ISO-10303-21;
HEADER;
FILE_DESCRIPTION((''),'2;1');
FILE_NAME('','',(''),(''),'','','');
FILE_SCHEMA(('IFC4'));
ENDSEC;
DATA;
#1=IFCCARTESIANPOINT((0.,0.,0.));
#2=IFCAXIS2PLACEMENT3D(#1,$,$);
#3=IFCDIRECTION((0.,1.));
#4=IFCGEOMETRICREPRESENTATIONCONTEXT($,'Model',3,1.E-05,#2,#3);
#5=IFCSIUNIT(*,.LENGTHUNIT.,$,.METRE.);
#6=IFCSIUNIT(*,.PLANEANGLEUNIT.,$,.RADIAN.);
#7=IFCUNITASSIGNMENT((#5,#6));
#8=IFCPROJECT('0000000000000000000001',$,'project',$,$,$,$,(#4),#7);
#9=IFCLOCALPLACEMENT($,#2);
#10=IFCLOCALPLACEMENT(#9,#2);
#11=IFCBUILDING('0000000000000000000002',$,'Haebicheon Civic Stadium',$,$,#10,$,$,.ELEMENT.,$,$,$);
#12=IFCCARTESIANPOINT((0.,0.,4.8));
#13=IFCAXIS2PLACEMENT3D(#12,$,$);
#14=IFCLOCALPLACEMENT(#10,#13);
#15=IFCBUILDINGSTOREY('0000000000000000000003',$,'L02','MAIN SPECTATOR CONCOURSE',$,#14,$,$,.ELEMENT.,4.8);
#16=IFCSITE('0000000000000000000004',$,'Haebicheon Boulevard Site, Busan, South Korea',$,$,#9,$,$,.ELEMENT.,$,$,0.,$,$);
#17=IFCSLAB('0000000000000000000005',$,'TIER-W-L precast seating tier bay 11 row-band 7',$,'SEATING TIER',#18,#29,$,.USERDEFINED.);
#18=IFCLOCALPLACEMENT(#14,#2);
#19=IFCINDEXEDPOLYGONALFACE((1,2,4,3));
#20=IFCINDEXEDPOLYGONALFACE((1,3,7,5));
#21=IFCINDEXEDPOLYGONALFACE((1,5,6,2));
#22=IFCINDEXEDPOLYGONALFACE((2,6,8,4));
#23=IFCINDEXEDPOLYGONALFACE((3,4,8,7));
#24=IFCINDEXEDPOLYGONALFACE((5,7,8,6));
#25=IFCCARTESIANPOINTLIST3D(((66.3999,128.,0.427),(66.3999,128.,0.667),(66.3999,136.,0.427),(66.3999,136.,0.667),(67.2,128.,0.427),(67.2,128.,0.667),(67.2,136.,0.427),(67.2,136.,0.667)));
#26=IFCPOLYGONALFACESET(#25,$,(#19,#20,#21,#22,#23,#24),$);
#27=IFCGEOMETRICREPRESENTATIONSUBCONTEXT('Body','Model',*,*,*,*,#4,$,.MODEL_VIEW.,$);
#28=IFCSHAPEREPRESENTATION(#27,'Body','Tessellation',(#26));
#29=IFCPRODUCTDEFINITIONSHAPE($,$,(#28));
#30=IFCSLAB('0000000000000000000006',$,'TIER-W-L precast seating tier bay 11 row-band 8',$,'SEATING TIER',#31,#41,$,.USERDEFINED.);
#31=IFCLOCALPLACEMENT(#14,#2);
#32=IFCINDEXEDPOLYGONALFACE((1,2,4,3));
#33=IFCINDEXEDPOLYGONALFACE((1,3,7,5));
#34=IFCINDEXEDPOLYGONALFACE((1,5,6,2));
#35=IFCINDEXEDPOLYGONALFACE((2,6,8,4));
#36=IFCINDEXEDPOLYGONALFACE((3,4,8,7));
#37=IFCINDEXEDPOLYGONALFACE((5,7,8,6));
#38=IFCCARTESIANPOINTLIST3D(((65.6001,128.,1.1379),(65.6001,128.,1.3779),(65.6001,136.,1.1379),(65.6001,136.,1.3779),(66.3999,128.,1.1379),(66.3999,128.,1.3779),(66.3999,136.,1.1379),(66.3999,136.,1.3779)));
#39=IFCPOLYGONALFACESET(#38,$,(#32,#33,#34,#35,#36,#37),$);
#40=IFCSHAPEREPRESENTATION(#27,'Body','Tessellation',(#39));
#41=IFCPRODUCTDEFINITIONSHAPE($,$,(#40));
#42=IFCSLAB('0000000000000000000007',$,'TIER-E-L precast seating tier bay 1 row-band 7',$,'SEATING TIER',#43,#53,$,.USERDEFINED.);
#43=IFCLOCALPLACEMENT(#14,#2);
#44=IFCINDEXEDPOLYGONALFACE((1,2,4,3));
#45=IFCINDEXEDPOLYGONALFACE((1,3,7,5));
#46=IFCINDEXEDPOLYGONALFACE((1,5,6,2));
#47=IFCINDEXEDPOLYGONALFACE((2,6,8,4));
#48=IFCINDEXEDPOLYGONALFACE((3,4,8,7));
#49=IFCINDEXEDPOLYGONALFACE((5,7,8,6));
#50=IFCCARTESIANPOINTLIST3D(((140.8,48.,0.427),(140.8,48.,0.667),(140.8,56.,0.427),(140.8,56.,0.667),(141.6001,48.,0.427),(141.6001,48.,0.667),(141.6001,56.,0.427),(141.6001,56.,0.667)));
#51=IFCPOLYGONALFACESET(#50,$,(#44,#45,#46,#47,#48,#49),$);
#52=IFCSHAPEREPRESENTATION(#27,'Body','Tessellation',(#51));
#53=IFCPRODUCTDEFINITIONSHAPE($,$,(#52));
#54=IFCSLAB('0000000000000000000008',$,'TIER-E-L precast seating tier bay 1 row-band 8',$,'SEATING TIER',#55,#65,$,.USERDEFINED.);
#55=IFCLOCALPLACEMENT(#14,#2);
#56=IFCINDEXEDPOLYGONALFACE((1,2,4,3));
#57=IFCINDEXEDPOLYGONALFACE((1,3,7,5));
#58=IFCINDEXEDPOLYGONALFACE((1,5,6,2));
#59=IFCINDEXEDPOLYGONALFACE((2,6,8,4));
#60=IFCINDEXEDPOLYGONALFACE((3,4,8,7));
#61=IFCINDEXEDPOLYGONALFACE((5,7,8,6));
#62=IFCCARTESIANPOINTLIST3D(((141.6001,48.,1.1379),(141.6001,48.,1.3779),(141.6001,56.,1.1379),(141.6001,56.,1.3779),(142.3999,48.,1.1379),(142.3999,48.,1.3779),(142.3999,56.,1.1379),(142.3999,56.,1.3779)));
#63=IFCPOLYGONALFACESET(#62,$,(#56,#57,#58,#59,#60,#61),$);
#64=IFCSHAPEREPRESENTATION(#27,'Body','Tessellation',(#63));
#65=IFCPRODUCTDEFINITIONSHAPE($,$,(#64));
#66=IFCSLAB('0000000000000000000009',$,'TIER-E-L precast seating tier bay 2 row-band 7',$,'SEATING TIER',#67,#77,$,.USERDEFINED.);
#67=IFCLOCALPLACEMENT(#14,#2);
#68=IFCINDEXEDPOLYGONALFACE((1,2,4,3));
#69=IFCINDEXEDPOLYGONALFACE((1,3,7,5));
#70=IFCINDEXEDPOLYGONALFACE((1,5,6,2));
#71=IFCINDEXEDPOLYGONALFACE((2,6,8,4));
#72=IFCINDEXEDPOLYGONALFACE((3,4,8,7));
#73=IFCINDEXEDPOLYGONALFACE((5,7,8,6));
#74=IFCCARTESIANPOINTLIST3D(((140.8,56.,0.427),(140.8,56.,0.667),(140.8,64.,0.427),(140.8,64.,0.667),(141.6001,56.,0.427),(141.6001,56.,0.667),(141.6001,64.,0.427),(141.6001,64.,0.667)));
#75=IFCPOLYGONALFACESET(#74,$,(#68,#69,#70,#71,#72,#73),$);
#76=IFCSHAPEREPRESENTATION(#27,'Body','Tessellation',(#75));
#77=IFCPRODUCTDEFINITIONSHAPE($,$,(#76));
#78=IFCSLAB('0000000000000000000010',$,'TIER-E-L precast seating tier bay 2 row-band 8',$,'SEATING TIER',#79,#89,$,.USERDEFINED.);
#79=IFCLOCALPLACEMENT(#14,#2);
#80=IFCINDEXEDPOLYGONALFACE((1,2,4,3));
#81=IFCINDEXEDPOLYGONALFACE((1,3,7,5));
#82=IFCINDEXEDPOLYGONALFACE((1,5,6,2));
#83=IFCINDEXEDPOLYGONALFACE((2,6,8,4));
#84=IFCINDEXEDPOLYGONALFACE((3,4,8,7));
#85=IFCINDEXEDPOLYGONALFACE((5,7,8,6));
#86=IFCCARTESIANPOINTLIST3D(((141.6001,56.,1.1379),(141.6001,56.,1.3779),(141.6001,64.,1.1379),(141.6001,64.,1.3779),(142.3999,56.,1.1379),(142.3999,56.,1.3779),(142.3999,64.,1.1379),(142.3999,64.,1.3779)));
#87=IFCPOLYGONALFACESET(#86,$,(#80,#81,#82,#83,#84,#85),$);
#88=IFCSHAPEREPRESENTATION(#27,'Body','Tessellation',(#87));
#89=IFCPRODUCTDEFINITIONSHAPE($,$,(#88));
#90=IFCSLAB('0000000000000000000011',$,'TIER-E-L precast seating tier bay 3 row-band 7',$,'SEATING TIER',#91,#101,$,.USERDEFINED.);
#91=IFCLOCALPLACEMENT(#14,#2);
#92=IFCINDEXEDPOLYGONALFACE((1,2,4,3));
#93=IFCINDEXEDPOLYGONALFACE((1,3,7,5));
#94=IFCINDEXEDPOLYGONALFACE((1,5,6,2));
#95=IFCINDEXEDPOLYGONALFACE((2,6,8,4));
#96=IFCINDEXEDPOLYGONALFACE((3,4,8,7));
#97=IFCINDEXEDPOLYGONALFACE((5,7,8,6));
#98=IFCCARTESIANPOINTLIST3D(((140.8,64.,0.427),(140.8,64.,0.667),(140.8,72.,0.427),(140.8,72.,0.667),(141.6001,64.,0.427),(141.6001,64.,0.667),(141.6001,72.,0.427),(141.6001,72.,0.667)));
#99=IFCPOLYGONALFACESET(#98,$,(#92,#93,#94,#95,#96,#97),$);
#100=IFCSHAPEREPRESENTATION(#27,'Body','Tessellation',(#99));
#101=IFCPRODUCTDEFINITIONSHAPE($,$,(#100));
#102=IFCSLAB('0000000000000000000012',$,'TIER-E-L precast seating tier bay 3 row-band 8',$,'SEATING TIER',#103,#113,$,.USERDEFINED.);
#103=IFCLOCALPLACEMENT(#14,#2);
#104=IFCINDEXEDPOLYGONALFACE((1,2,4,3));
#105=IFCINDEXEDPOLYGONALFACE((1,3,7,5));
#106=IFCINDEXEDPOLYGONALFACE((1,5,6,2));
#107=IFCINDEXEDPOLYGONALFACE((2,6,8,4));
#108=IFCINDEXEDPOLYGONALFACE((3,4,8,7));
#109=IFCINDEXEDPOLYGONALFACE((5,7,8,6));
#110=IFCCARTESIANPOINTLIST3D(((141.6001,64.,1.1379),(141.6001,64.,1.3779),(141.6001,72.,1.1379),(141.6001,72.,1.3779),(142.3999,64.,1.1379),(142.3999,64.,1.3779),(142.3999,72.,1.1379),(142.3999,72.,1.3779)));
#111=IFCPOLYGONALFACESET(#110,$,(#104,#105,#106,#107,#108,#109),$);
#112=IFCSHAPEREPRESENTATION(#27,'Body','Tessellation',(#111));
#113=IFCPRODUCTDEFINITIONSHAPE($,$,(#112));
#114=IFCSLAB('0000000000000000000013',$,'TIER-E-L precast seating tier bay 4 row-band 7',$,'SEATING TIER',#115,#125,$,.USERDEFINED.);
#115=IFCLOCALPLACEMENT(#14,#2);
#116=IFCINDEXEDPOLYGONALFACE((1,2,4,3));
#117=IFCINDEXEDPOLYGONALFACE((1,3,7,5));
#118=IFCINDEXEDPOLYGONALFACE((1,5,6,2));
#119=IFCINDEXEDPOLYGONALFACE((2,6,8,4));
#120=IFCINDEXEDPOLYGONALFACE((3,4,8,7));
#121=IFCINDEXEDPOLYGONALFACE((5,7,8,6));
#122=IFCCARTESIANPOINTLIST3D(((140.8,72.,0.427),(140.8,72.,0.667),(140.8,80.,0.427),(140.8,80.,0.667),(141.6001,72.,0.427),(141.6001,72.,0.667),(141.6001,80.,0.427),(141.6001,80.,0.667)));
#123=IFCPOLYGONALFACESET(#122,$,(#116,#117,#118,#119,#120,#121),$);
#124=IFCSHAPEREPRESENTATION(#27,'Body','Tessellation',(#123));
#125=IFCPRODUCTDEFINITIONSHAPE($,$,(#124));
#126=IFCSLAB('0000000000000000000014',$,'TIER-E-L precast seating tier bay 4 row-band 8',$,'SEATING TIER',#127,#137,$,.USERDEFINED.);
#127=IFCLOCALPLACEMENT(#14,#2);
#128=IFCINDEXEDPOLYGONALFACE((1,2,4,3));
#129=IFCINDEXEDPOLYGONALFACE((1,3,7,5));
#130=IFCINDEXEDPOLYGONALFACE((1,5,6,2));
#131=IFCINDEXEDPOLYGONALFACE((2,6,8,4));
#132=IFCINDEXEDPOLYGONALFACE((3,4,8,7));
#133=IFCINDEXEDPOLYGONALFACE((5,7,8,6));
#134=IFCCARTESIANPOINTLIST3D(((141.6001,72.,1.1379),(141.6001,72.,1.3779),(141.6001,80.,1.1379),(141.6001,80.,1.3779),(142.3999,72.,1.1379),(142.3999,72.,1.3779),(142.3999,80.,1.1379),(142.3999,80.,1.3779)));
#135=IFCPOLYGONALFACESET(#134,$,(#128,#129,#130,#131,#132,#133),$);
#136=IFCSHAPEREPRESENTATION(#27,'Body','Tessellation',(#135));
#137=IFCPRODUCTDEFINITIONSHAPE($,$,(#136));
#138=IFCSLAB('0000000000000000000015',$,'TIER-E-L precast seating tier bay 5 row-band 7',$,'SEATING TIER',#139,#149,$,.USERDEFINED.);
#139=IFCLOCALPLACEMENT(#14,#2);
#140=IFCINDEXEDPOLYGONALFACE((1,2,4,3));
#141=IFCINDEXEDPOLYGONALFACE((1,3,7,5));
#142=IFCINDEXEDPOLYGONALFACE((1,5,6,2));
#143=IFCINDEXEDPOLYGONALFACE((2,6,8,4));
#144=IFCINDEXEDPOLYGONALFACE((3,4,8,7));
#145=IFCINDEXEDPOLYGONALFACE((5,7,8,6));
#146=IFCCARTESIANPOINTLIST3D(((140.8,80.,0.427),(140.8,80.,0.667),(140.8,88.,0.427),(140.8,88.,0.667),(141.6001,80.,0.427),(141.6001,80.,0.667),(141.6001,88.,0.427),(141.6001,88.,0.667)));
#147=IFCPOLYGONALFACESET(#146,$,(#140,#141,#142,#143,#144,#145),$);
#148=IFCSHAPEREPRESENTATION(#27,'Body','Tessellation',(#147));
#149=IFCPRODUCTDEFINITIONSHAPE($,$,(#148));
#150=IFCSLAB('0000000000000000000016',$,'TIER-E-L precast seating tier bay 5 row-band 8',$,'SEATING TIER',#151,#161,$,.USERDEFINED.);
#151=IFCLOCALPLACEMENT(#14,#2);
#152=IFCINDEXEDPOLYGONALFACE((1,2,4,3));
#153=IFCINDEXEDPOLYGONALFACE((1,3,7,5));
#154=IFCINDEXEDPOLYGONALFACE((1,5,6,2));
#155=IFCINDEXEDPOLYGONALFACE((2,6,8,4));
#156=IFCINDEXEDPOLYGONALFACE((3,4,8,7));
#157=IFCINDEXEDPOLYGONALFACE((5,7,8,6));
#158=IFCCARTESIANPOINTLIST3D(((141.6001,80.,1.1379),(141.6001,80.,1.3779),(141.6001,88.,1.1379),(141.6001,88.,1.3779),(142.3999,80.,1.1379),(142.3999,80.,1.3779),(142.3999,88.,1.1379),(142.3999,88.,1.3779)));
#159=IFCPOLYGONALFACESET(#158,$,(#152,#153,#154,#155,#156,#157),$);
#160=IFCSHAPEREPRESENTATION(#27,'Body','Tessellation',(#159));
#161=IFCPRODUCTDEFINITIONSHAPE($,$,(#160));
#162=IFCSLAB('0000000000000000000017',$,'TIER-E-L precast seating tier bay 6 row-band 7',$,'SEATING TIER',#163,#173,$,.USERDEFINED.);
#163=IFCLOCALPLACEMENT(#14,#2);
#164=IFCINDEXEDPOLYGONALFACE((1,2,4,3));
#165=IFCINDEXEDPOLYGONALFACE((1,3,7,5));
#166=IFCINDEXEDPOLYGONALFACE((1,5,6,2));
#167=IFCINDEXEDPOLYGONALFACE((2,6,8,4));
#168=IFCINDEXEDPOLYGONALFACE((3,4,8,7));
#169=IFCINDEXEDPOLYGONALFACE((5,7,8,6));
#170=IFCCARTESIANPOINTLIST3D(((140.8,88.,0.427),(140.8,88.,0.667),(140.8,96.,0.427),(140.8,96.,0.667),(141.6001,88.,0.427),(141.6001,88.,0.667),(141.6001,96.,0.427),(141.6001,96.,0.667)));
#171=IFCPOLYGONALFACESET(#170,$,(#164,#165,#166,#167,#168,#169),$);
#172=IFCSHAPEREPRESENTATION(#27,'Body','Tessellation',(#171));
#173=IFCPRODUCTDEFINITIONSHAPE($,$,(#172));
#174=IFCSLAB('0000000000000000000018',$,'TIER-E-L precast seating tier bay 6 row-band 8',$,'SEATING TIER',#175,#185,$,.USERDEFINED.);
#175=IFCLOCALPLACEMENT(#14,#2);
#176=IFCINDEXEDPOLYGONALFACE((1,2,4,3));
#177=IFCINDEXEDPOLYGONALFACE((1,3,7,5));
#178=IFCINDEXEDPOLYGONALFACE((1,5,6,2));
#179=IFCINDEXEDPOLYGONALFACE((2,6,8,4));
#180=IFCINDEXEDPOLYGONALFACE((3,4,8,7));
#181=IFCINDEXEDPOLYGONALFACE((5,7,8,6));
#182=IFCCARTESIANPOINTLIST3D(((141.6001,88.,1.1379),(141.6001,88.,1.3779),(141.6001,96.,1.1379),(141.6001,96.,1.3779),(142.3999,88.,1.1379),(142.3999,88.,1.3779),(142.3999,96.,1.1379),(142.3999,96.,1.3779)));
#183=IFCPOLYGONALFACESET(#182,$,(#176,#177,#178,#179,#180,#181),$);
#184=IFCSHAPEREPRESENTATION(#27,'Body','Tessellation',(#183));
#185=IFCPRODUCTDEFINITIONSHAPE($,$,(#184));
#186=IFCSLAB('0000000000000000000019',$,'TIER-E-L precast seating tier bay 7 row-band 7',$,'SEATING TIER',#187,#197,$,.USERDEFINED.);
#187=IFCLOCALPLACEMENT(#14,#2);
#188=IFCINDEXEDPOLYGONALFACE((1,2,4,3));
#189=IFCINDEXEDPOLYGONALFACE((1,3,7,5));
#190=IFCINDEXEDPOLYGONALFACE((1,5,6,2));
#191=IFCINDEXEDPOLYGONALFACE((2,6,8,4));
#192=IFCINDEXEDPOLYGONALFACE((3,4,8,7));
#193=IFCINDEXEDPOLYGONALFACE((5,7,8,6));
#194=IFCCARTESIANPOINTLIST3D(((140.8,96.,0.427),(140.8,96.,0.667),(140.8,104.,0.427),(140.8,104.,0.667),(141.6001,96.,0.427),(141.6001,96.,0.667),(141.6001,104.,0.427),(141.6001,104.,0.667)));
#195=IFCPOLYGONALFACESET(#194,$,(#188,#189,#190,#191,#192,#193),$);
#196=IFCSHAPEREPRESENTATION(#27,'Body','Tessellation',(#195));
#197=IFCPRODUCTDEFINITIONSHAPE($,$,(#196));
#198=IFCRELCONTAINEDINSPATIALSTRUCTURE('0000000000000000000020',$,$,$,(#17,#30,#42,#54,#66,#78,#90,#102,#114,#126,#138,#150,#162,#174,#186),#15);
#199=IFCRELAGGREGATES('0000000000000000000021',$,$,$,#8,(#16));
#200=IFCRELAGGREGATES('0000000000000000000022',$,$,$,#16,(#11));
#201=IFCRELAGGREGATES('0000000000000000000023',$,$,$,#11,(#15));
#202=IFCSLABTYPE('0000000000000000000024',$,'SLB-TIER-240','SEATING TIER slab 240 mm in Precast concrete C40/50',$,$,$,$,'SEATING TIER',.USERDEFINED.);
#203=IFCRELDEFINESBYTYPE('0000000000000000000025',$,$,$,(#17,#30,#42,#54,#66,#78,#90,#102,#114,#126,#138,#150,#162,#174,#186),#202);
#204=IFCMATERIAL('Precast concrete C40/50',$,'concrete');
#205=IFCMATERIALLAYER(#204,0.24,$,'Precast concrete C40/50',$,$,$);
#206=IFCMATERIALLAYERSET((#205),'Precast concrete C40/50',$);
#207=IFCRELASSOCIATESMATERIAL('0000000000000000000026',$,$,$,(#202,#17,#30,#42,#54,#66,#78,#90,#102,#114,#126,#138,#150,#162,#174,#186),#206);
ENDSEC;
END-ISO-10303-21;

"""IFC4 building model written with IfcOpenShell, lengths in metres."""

from ifc_helpers import new_model, si_unit, direction, frame, origin, place, context, subcontext, project, spatial, polyline, outline, extrude, material, layer, layer_set, type_object, element, save


model = new_model("IFC4")

# Units and contexts
model_context = context("Model", 3, precision=1e-05, world=origin(), true_north=direction((0.0, 1.0)))
body_context = subcontext(model_context, "Body", "Model", "MODEL_VIEW")
ifc_project = project(units=[si_unit("LENGTHUNIT", "METRE"), si_unit("PLANEANGLEUNIT", "RADIAN")], contexts=[model_context])

# Site, building, storey
site_placement = place(None, origin())
site = spatial("IfcSite", under=ifc_project, at=site_placement, Name="Haebicheon Boulevard Site, Busan, South Korea", CompositionType="ELEMENT", RefElevation=0.0)
building_placement = place(site_placement, origin())
building = spatial("IfcBuilding", under=site, at=building_placement, Name="Haebicheon Civic Stadium", CompositionType="ELEMENT")
storey_placement = place(building_placement, frame((0.0, 0.0, 4.8)))
storey = spatial("IfcBuildingStorey", under=building, at=storey_placement, Name="L02", Description="MAIN SPECTATOR CONCOURSE", CompositionType="ELEMENT", Elevation=4.8)

# Slabs
ifc_material = material(Name="Precast concrete C40/50", Category="concrete")
ifc_layer = layer(ifc_material, 0.24, Name="Precast concrete C40/50")
ifc_layer_set = layer_set([ifc_layer], Name="Precast concrete C40/50")
slab_type = type_object("IfcSlabType", Name="SLB-TIER-240", Description="SEATING TIER slab 240 mm in Precast concrete C40/50", ElementType="SEATING TIER", PredefinedType="USERDEFINED", material=ifc_layer_set)
slab_1_placement = place(storey_placement, frame((0.0, 0.0, 0.427)))
element("IfcSlab", 1, at=slab_1_placement, inside=storey, type_object=slab_type, material=ifc_layer_set, Name="TIER-W-L precast seating tier bay 11 row-band 7", ObjectType="SEATING TIER", PredefinedType="USERDEFINED", context=body_context, shape_type="SweptSolid", body=[
    extrude(outline(polyline([(66.3999, 128.0), (67.2, 128.0), (67.2, 136.0), (66.3999, 136.0), (66.3999, 128.0)])), origin(), (0.0, 0.0, 1.0), 0.24),
])
slab_2_placement = place(storey_placement, frame((0.0, 0.0, 1.1379)))
element("IfcSlab", 2, at=slab_2_placement, inside=storey, type_object=slab_type, material=ifc_layer_set, Name="TIER-W-L precast seating tier bay 11 row-band 8", ObjectType="SEATING TIER", PredefinedType="USERDEFINED", context=body_context, shape_type="SweptSolid", body=[
    extrude(outline(polyline([(65.6001, 128.0), (66.3999, 128.0), (66.3999, 136.0), (65.6001, 136.0), (65.6001, 128.0)])), origin(), (0.0, 0.0, 1.0), 0.24),
])
slab_3_placement = place(storey_placement, frame((0.0, 0.0, 0.427)))
element("IfcSlab", 3, at=slab_3_placement, inside=storey, type_object=slab_type, material=ifc_layer_set, Name="TIER-E-L precast seating tier bay 1 row-band 7", ObjectType="SEATING TIER", PredefinedType="USERDEFINED", context=body_context, shape_type="SweptSolid", body=[
    extrude(outline(polyline([(140.8, 48.0), (141.6001, 48.0), (141.6001, 56.0), (140.8, 56.0), (140.8, 48.0)])), origin(), (0.0, 0.0, 1.0), 0.24),
])
slab_4_placement = place(storey_placement, frame((0.0, 0.0, 1.1379)))
element("IfcSlab", 4, at=slab_4_placement, inside=storey, type_object=slab_type, material=ifc_layer_set, Name="TIER-E-L precast seating tier bay 1 row-band 8", ObjectType="SEATING TIER", PredefinedType="USERDEFINED", context=body_context, shape_type="SweptSolid", body=[
    extrude(outline(polyline([(141.6001, 48.0), (142.3999, 48.0), (142.3999, 56.0), (141.6001, 56.0), (141.6001, 48.0)])), origin(), (0.0, 0.0, 1.0), 0.24),
])
slab_5_placement = place(storey_placement, frame((0.0, 0.0, 0.427)))
element("IfcSlab", 5, at=slab_5_placement, inside=storey, type_object=slab_type, material=ifc_layer_set, Name="TIER-E-L precast seating tier bay 2 row-band 7", ObjectType="SEATING TIER", PredefinedType="USERDEFINED", context=body_context, shape_type="SweptSolid", body=[
    extrude(outline(polyline([(140.8, 56.0), (141.6001, 56.0), (141.6001, 64.0), (140.8, 64.0), (140.8, 56.0)])), origin(), (0.0, 0.0, 1.0), 0.24),
])
slab_6_placement = place(storey_placement, frame((0.0, 0.0, 1.1379)))
element("IfcSlab", 6, at=slab_6_placement, inside=storey, type_object=slab_type, material=ifc_layer_set, Name="TIER-E-L precast seating tier bay 2 row-band 8", ObjectType="SEATING TIER", PredefinedType="USERDEFINED", context=body_context, shape_type="SweptSolid", body=[
    extrude(outline(polyline([(141.6001, 56.0), (142.3999, 56.0), (142.3999, 64.0), (141.6001, 64.0), (141.6001, 56.0)])), origin(), (0.0, 0.0, 1.0), 0.24),
])
slab_7_placement = place(storey_placement, frame((0.0, 0.0, 0.427)))
element("IfcSlab", 7, at=slab_7_placement, inside=storey, type_object=slab_type, material=ifc_layer_set, Name="TIER-E-L precast seating tier bay 3 row-band 7", ObjectType="SEATING TIER", PredefinedType="USERDEFINED", context=body_context, shape_type="SweptSolid", body=[
    extrude(outline(polyline([(140.8, 64.0), (141.6001, 64.0), (141.6001, 72.0), (140.8, 72.0), (140.8, 64.0)])), origin(), (0.0, 0.0, 1.0), 0.24),
])
slab_8_placement = place(storey_placement, frame((0.0, 0.0, 1.1379)))
element("IfcSlab", 8, at=slab_8_placement, inside=storey, type_object=slab_type, material=ifc_layer_set, Name="TIER-E-L precast seating tier bay 3 row-band 8", ObjectType="SEATING TIER", PredefinedType="USERDEFINED", context=body_context, shape_type="SweptSolid", body=[
    extrude(outline(polyline([(141.6001, 64.0), (142.3999, 64.0), (142.3999, 72.0), (141.6001, 72.0), (141.6001, 64.0)])), origin(), (0.0, 0.0, 1.0), 0.24),
])
slab_9_placement = place(storey_placement, frame((0.0, 0.0, 0.427)))
element("IfcSlab", 9, at=slab_9_placement, inside=storey, type_object=slab_type, material=ifc_layer_set, Name="TIER-E-L precast seating tier bay 4 row-band 7", ObjectType="SEATING TIER", PredefinedType="USERDEFINED", context=body_context, shape_type="SweptSolid", body=[
    extrude(outline(polyline([(140.8, 72.0), (141.6001, 72.0), (141.6001, 80.0), (140.8, 80.0), (140.8, 72.0)])), origin(), (0.0, 0.0, 1.0), 0.24),
])
slab_10_placement = place(storey_placement, frame((0.0, 0.0, 1.1379)))
element("IfcSlab", 10, at=slab_10_placement, inside=storey, type_object=slab_type, material=ifc_layer_set, Name="TIER-E-L precast seating tier bay 4 row-band 8", ObjectType="SEATING TIER", PredefinedType="USERDEFINED", context=body_context, shape_type="SweptSolid", body=[
    extrude(outline(polyline([(141.6001, 72.0), (142.3999, 72.0), (142.3999, 80.0), (141.6001, 80.0), (141.6001, 72.0)])), origin(), (0.0, 0.0, 1.0), 0.24),
])
slab_11_placement = place(storey_placement, frame((0.0, 0.0, 0.427)))
element("IfcSlab", 11, at=slab_11_placement, inside=storey, type_object=slab_type, material=ifc_layer_set, Name="TIER-E-L precast seating tier bay 5 row-band 7", ObjectType="SEATING TIER", PredefinedType="USERDEFINED", context=body_context, shape_type="SweptSolid", body=[
    extrude(outline(polyline([(140.8, 80.0), (141.6001, 80.0), (141.6001, 88.0), (140.8, 88.0), (140.8, 80.0)])), origin(), (0.0, 0.0, 1.0), 0.24),
])
slab_12_placement = place(storey_placement, frame((0.0, 0.0, 1.1379)))
element("IfcSlab", 12, at=slab_12_placement, inside=storey, type_object=slab_type, material=ifc_layer_set, Name="TIER-E-L precast seating tier bay 5 row-band 8", ObjectType="SEATING TIER", PredefinedType="USERDEFINED", context=body_context, shape_type="SweptSolid", body=[
    extrude(outline(polyline([(141.6001, 80.0), (142.3999, 80.0), (142.3999, 88.0), (141.6001, 88.0), (141.6001, 80.0)])), origin(), (0.0, 0.0, 1.0), 0.24),
])
slab_13_placement = place(storey_placement, frame((0.0, 0.0, 0.427)))
element("IfcSlab", 13, at=slab_13_placement, inside=storey, type_object=slab_type, material=ifc_layer_set, Name="TIER-E-L precast seating tier bay 6 row-band 7", ObjectType="SEATING TIER", PredefinedType="USERDEFINED", context=body_context, shape_type="SweptSolid", body=[
    extrude(outline(polyline([(140.8, 88.0), (141.6001, 88.0), (141.6001, 96.0), (140.8, 96.0), (140.8, 88.0)])), origin(), (0.0, 0.0, 1.0), 0.24),
])
slab_14_placement = place(storey_placement, frame((0.0, 0.0, 1.1379)))
element("IfcSlab", 14, at=slab_14_placement, inside=storey, type_object=slab_type, material=ifc_layer_set, Name="TIER-E-L precast seating tier bay 6 row-band 8", ObjectType="SEATING TIER", PredefinedType="USERDEFINED", context=body_context, shape_type="SweptSolid", body=[
    extrude(outline(polyline([(141.6001, 88.0), (142.3999, 88.0), (142.3999, 96.0), (141.6001, 96.0), (141.6001, 88.0)])), origin(), (0.0, 0.0, 1.0), 0.24),
])
slab_15_placement = place(storey_placement, frame((0.0, 0.0, 0.427)))
element("IfcSlab", 15, at=slab_15_placement, inside=storey, type_object=slab_type, material=ifc_layer_set, Name="TIER-E-L precast seating tier bay 7 row-band 7", ObjectType="SEATING TIER", PredefinedType="USERDEFINED", context=body_context, shape_type="SweptSolid", body=[
    extrude(outline(polyline([(140.8, 96.0), (141.6001, 96.0), (141.6001, 104.0), (140.8, 104.0), (140.8, 96.0)])), origin(), (0.0, 0.0, 1.0), 0.24),
])

save(model, "model.ifc")
